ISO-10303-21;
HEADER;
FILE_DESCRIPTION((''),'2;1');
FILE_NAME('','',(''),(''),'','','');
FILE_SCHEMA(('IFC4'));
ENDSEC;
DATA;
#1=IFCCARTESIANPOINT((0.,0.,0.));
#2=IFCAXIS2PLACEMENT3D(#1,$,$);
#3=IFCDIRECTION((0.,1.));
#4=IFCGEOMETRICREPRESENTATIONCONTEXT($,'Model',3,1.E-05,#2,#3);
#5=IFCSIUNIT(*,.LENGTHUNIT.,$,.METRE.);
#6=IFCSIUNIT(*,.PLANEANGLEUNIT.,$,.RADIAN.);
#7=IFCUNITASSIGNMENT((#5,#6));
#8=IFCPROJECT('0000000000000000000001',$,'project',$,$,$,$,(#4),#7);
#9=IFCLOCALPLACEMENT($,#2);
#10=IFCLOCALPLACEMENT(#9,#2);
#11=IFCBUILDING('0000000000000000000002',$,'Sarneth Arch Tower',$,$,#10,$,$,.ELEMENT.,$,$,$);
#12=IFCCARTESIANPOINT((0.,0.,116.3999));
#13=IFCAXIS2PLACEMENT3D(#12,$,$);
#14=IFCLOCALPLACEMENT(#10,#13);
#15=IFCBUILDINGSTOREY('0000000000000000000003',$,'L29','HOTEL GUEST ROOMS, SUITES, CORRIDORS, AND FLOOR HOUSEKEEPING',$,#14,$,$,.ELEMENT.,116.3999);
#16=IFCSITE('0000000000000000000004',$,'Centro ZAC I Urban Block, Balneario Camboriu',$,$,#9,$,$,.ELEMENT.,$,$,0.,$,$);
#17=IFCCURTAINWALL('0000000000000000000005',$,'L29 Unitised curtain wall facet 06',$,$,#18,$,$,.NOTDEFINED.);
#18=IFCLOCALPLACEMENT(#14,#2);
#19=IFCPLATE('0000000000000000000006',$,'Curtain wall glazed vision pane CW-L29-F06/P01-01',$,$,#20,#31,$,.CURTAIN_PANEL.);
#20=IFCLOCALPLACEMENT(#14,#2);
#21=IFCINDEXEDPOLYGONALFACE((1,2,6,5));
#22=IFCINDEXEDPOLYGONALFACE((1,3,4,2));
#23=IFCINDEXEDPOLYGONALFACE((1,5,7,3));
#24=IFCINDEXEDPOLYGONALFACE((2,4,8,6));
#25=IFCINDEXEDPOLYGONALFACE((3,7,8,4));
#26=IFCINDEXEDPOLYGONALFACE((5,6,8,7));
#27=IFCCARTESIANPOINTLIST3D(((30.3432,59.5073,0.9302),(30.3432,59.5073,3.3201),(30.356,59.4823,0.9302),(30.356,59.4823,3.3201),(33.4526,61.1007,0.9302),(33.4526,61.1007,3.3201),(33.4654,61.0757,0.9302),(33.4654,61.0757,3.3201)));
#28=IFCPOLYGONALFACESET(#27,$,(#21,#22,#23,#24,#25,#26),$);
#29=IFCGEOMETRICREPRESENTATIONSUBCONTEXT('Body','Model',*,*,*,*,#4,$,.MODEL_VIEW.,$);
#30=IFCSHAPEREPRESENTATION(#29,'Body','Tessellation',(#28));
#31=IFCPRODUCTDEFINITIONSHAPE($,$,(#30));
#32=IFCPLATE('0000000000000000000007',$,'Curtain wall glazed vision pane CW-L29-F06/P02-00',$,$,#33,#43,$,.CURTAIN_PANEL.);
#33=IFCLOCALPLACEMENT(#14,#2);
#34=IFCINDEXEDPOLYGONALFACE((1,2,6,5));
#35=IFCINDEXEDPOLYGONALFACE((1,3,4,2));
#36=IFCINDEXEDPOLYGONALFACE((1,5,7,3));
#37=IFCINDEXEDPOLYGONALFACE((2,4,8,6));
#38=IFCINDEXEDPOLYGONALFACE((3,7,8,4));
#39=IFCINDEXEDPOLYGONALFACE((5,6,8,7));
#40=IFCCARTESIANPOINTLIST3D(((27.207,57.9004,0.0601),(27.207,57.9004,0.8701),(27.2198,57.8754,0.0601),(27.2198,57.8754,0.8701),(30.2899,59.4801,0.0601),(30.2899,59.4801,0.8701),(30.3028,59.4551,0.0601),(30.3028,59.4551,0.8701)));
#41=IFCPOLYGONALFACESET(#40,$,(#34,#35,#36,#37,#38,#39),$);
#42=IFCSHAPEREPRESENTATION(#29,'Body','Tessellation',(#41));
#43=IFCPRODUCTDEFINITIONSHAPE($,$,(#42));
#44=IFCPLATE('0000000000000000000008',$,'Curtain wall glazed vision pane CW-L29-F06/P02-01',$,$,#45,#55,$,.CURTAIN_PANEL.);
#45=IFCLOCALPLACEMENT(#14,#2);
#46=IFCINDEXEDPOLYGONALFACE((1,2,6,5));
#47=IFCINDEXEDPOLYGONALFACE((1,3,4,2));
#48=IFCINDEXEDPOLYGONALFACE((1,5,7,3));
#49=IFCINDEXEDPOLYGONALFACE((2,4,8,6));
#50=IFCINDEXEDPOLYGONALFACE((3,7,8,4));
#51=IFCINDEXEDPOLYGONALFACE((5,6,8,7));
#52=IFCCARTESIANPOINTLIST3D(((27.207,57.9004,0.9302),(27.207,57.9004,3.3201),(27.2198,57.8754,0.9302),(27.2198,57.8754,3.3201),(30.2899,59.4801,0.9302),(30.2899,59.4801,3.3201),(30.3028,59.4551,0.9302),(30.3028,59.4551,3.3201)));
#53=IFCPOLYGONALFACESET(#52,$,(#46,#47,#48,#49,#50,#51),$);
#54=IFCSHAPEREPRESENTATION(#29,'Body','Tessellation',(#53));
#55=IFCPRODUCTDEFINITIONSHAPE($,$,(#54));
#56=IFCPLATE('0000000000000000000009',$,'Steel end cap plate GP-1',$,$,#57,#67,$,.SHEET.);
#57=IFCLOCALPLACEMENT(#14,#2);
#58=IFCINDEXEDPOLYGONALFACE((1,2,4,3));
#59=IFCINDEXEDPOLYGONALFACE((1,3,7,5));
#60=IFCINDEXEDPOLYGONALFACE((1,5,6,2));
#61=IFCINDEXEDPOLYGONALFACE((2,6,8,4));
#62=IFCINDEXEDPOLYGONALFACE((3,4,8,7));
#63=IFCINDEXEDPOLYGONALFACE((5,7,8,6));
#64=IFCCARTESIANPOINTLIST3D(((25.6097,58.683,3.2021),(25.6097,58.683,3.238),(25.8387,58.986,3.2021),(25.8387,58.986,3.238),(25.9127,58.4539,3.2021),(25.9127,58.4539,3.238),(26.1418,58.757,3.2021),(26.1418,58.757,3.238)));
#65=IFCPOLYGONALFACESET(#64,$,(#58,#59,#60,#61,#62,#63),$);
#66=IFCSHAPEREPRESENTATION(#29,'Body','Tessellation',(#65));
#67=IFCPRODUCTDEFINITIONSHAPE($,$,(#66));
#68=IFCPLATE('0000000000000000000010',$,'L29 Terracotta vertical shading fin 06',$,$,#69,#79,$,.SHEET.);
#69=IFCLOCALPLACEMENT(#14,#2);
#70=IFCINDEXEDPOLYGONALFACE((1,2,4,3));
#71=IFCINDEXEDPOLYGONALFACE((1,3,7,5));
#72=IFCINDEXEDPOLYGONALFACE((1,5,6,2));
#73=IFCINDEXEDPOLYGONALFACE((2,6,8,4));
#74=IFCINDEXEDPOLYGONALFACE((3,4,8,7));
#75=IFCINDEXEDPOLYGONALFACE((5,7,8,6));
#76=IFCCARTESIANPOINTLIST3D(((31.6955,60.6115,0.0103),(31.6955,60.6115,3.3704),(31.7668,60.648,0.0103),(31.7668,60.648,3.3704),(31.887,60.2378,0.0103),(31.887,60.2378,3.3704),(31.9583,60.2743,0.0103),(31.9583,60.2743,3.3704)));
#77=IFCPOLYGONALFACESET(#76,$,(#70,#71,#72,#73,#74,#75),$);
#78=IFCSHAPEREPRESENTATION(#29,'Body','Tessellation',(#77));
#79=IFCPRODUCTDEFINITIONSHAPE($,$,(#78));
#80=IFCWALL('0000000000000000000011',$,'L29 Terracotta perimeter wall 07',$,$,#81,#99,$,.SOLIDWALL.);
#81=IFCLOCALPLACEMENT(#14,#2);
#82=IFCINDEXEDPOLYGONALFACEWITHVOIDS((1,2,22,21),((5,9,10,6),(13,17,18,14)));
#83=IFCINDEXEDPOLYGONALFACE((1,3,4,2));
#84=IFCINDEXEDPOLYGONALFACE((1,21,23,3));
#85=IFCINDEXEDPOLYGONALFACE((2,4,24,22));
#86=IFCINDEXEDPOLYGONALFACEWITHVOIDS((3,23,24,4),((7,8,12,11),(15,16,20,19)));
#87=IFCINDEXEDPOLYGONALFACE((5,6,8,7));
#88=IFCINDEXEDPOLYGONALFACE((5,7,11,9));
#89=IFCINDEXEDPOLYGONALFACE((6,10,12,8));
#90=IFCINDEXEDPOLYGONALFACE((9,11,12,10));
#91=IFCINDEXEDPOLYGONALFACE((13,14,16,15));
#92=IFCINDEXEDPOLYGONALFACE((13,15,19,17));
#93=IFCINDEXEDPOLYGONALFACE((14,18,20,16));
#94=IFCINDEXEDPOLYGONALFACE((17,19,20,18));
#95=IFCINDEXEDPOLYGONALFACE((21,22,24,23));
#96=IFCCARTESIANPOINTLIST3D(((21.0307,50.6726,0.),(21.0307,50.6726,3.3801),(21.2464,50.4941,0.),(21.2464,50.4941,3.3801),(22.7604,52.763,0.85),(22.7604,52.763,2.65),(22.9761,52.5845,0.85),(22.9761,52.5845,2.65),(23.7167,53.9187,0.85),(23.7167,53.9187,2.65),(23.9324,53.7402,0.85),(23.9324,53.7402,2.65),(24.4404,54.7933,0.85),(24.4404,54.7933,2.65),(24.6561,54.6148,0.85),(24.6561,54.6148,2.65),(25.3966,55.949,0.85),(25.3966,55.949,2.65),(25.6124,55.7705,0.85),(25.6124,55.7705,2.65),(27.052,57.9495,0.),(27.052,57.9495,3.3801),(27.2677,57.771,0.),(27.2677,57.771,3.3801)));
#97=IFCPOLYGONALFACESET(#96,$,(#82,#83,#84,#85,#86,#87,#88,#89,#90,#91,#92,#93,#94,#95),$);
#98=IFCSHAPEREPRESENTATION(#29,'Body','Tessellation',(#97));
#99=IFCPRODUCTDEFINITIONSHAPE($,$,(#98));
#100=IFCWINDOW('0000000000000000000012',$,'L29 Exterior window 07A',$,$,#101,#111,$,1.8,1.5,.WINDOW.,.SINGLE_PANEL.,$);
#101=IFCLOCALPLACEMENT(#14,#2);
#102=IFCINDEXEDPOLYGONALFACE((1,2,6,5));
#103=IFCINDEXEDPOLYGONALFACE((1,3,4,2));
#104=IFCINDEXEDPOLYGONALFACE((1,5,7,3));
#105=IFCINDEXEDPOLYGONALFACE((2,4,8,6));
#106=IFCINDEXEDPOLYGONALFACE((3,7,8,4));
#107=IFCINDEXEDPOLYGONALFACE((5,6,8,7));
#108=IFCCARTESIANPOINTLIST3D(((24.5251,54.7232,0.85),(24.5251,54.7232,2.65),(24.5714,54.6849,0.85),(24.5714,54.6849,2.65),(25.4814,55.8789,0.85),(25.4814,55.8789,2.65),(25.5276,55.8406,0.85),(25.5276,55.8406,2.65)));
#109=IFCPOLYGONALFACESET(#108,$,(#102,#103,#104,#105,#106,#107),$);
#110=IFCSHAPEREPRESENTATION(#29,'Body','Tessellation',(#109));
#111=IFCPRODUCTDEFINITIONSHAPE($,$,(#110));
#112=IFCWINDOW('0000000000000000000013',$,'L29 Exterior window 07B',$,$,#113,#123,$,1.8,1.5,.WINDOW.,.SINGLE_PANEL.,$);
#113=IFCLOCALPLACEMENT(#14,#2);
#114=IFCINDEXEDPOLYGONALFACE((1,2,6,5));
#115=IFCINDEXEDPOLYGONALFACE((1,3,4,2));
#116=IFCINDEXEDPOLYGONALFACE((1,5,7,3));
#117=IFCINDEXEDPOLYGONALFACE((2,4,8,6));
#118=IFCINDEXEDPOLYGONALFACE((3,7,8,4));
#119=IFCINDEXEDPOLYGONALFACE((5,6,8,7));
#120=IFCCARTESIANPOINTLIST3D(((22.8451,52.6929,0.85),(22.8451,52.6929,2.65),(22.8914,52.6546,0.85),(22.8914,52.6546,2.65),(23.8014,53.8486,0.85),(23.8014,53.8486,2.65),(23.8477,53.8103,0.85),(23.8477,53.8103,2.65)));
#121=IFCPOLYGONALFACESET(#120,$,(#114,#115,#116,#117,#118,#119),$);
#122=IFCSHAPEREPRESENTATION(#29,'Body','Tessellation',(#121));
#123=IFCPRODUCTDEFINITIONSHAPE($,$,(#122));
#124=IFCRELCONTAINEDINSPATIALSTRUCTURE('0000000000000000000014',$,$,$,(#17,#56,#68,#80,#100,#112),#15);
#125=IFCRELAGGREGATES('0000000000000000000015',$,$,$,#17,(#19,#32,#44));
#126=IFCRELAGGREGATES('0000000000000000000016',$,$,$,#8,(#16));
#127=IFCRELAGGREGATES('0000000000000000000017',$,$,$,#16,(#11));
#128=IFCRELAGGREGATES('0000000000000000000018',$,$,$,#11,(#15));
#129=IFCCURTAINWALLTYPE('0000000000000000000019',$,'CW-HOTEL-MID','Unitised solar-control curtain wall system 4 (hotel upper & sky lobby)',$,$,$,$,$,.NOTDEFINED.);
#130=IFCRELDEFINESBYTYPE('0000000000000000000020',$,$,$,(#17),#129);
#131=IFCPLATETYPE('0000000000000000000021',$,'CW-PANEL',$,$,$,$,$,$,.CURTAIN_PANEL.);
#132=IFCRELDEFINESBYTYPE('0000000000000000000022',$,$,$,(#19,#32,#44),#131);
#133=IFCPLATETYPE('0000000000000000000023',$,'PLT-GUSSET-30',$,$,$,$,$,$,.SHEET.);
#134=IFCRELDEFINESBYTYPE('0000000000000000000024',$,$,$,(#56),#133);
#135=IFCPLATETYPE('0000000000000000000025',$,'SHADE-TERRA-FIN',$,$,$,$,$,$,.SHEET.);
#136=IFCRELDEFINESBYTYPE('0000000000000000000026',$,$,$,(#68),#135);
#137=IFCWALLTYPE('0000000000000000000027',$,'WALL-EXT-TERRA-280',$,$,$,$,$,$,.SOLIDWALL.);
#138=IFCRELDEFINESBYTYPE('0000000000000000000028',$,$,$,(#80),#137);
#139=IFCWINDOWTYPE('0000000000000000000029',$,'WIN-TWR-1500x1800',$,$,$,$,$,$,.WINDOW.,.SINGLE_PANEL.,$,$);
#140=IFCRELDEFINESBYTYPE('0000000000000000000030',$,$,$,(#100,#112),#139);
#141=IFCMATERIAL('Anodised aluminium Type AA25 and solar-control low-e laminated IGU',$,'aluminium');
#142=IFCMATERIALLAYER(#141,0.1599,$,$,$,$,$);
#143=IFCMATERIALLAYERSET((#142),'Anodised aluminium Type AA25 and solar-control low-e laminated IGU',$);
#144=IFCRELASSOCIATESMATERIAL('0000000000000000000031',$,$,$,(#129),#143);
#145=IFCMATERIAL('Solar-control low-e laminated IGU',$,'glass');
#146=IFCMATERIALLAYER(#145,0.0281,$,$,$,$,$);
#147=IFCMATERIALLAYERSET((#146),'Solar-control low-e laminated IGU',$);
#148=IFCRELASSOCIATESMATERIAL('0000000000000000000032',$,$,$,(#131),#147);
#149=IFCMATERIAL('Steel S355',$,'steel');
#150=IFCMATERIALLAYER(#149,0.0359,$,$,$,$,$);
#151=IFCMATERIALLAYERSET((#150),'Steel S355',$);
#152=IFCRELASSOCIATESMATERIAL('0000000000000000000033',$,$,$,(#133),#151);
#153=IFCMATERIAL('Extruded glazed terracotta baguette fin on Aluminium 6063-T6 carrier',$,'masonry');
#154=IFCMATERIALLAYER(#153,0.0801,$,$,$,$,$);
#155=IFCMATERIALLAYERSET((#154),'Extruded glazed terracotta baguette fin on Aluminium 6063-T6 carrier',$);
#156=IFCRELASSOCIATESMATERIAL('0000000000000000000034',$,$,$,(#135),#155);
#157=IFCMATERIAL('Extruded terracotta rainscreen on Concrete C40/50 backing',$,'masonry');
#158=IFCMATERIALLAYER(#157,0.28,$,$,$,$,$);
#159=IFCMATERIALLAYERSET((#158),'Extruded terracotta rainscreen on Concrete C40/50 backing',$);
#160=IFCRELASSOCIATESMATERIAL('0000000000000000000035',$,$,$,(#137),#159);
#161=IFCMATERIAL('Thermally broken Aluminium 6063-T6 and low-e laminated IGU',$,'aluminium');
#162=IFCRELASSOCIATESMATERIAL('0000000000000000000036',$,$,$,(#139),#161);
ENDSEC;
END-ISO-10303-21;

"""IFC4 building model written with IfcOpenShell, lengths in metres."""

from ifc_helpers import new_model, si_unit, direction, frame, frame_2d, origin, origin_2d, place, context, subcontext, project, spatial, rectangle, extrude, material, layer, layer_set, type_object, element, fill, aggregate, save


model = new_model("IFC4")

# Units and contexts
model_context = context("Model", 3, precision=1e-05, world=origin(), true_north=direction((0.0, 1.0)))
body_context = subcontext(model_context, "Body", "Model", "MODEL_VIEW")
ifc_project = project(units=[si_unit("LENGTHUNIT", "METRE"), si_unit("PLANEANGLEUNIT", "RADIAN")], contexts=[model_context])

# Site, building, storey
site_placement = place(None, origin())
site = spatial("IfcSite", under=ifc_project, at=site_placement, Name="Centro ZAC I Urban Block, Balneario Camboriu", CompositionType="ELEMENT", RefElevation=0.0)
building_placement = place(site_placement, origin())
building = spatial("IfcBuilding", under=site, at=building_placement, Name="Sarneth Arch Tower", CompositionType="ELEMENT")
storey_placement = place(building_placement, frame((0.0, 0.0, 116.3999)))
storey = spatial("IfcBuildingStorey", under=building, at=storey_placement, Name="L29", Description="HOTEL GUEST ROOMS, SUITES, CORRIDORS, AND FLOOR HOUSEKEEPING", CompositionType="ELEMENT", Elevation=116.3999)

# Curtain wall
ifc_material_1 = material(Name="Anodised aluminium Type AA25 and solar-control low-e laminated IGU", Category="aluminium")
ifc_layer_1 = layer(ifc_material_1, 0.1599)
ifc_layer_set_1 = layer_set([ifc_layer_1], Name="Anodised aluminium Type AA25 and solar-control low-e laminated IGU")
curtain_wall_type = type_object("IfcCurtainWallType", Name="CW-HOTEL-MID", Description="Unitised solar-control curtain wall system 4 (hotel upper & sky lobby)", PredefinedType="NOTDEFINED", material=ifc_layer_set_1)
curtain_wall_placement = place(storey_placement, origin())
curtain_wall = element("IfcCurtainWall", 1, at=curtain_wall_placement, inside=storey, type_object=curtain_wall_type, Name="L29 Unitised curtain wall facet 06", PredefinedType="NOTDEFINED")

# Plates
ifc_material_2 = material(Name="Solar-control low-e laminated IGU", Category="glass")
ifc_layer_2 = layer(ifc_material_2, 0.0281)
ifc_layer_set_2 = layer_set([ifc_layer_2], Name="Solar-control low-e laminated IGU")
plate_type_1 = type_object("IfcPlateType", Name="CW-PANEL", PredefinedType="CURTAIN_PANEL", material=ifc_layer_set_2)
plate_1_placement = place(storey_placement, frame((31.9043, 60.2915, 0.9302), z_axis=(0.0, 0.0, 1.0), x_axis=(-0.889964, -0.456031, 0.0)))
plate_1 = element("IfcPlate", 2, at=plate_1_placement, type_object=plate_type_1, Name="Curtain wall glazed vision pane CW-L29-F06/P01-01", PredefinedType="CURTAIN_PANEL", context=body_context, shape_type="SweptSolid", body=[
    extrude(rectangle(XDim=3.4939, YDim=0.0281, at=origin_2d()), origin(), (0.0, 0.0, 1.0), 2.3899),
])
plate_2_placement = place(storey_placement, frame((28.7549, 58.6777, 0.0601), z_axis=(0.0, 0.0, 1.0), x_axis=(-0.889964, -0.456031, 0.0)))
plate_2 = element("IfcPlate", 3, at=plate_2_placement, type_object=plate_type_1, Name="Curtain wall glazed vision pane CW-L29-F06/P02-00", PredefinedType="CURTAIN_PANEL", context=body_context, shape_type="SweptSolid", body=[
    extrude(rectangle(XDim=3.4641, YDim=0.0281, at=origin_2d()), origin(), (0.0, 0.0, 1.0), 0.8101),
])
plate_3_placement = place(storey_placement, frame((28.7549, 58.6777, 0.9302), z_axis=(0.0, 0.0, 1.0), x_axis=(-0.889964, -0.456031, 0.0)))
plate_3 = element("IfcPlate", 4, at=plate_3_placement, type_object=plate_type_1, Name="Curtain wall glazed vision pane CW-L29-F06/P02-01", PredefinedType="CURTAIN_PANEL", context=body_context, shape_type="SweptSolid", body=[
    extrude(rectangle(XDim=3.4641, YDim=0.0281, at=origin_2d()), origin(), (0.0, 0.0, 1.0), 2.3899),
])
aggregate(curtain_wall, [plate_1, plate_2, plate_3])

# Plates
ifc_material_3 = material(Name="Steel S355", Category="steel")
ifc_layer_3 = layer(ifc_material_3, 0.0359)
ifc_layer_set_3 = layer_set([ifc_layer_3], Name="Steel S355")
plate_type_2 = type_object("IfcPlateType", Name="PLT-GUSSET-30", PredefinedType="SHEET", material=ifc_layer_set_3)
plate_4_placement = place(storey_placement, frame((25.8757, 58.72, 3.2021), z_axis=(0.0, 0.0, 1.0), x_axis=(-0.797794, 0.60293, 0.0)))
element("IfcPlate", 5, at=plate_4_placement, inside=storey, type_object=plate_type_2, Name="Steel end cap plate GP-1", PredefinedType="SHEET", context=body_context, shape_type="SweptSolid", body=[
    extrude(rectangle(XDim=0.3799, YDim=0.3799, at=origin_2d()), origin(), (0.0, 0.0, 1.0), 0.0359),
])
ifc_material_4 = material(Name="Extruded glazed terracotta baguette fin on Aluminium 6063-T6 carrier", Category="masonry")
ifc_layer_4 = layer(ifc_material_4, 0.0801)
ifc_layer_set_4 = layer_set([ifc_layer_4], Name="Extruded glazed terracotta baguette fin on Aluminium 6063-T6 carrier")
plate_type_3 = type_object("IfcPlateType", Name="SHADE-TERRA-FIN", PredefinedType="SHEET", material=ifc_layer_set_4)
plate_5_placement = place(storey_placement, frame((31.8269, 60.4429, 0.0103), z_axis=(0.0, 0.0, 1.0), x_axis=(-0.456011, 0.889974, 0.0)))
element("IfcPlate", 6, at=plate_5_placement, inside=storey, type_object=plate_type_3, Name="L29 Terracotta vertical shading fin 06", PredefinedType="SHEET", context=body_context, shape_type="SweptSolid", body=[
    extrude(rectangle(XDim=0.4199, YDim=0.0801, at=origin_2d()), origin(), (0.0, 0.0, 1.0), 3.3601),
])

# Wall, openings, windows
ifc_material_5 = material(Name="Extruded terracotta rainscreen on Concrete C40/50 backing", Category="masonry")
ifc_layer_5 = layer(ifc_material_5, 0.28)
ifc_layer_set_5 = layer_set([ifc_layer_5], Name="Extruded terracotta rainscreen on Concrete C40/50 backing")
wall_type = type_object("IfcWallType", Name="WALL-EXT-TERRA-280", PredefinedType="SOLIDWALL", material=ifc_layer_set_5)
wall_placement = place(storey_placement, frame((27.1599, 57.8604, 0.0), z_axis=(0.0, 0.0, 1.0), x_axis=(-0.637506, -0.770446, 0.0)))
wall = element("IfcWall", 7, at=wall_placement, inside=storey, type_object=wall_type, Name="L29 Terracotta perimeter wall 07", PredefinedType="SOLIDWALL", context=body_context, shape_type="SweptSolid", body=[
    extrude(rectangle(XDim=9.4451, YDim=0.28, at=frame_2d((4.7227, 0.0))), origin(), (0.0, 0.0, 1.0), 3.3801),
])
opening_1_placement = place(wall_placement, frame((2.5967, 0.0, 0.8501)))
opening_1 = element("IfcOpeningElement", 8, at=opening_1_placement, cuts=wall, PredefinedType="OPENING", context=body_context, shape_type="SweptSolid", body=[
    extrude(rectangle(XDim=1.5, YDim=1.8, at=frame_2d((0.75, 0.8999))), frame((0.0, 0.1499, 0.0), z_axis=(0.0, -1.0, 0.0), x_axis=(1.0, 0.0, 0.0)), (0.0, 0.0, 1.0), 0.3),
])
opening_2_placement = place(wall_placement, frame((5.2319, 0.0, 0.8501)))
opening_2 = element("IfcOpeningElement", 9, at=opening_2_placement, cuts=wall, PredefinedType="OPENING", context=body_context, shape_type="SweptSolid", body=[
    extrude(rectangle(XDim=1.5, YDim=1.8, at=frame_2d((0.75, 0.8999))), frame((0.0, 0.1499, 0.0), z_axis=(0.0, -1.0, 0.0), x_axis=(1.0, 0.0, 0.0)), (0.0, 0.0, 1.0), 0.3),
])
ifc_material_6 = material(Name="Thermally broken Aluminium 6063-T6 and low-e laminated IGU", Category="aluminium")
window_type = type_object("IfcWindowType", Name="WIN-TWR-1500x1800", PartitioningType="SINGLE_PANEL", PredefinedType="WINDOW", material=ifc_material_6)
window_1_placement = place(opening_1_placement, origin())
window_1 = element("IfcWindow", 10, at=window_1_placement, inside=storey, type_object=window_type, Name="L29 Exterior window 07A", OverallHeight=1.8, OverallWidth=1.5, PartitioningType="SINGLE_PANEL", PredefinedType="WINDOW", context=body_context, shape_type="SweptSolid", body=[
    extrude(rectangle(XDim=1.5, YDim=1.8, at=frame_2d((0.75, 0.8999))), frame((0.0, 0.03, 0.0), z_axis=(0.0, -1.0, 0.0), x_axis=(1.0, 0.0, 0.0)), (0.0, 0.0, 1.0), 0.0601),
])
fill(opening_1, window_1)
window_2_placement = place(opening_2_placement, origin())
window_2 = element("IfcWindow", 11, at=window_2_placement, inside=storey, type_object=window_type, Name="L29 Exterior window 07B", OverallHeight=1.8, OverallWidth=1.5, PartitioningType="SINGLE_PANEL", PredefinedType="WINDOW", context=body_context, shape_type="SweptSolid", body=[
    extrude(rectangle(XDim=1.5, YDim=1.8, at=frame_2d((0.75, 0.8999))), frame((0.0, 0.03, 0.0), z_axis=(0.0, -1.0, 0.0), x_axis=(1.0, 0.0, 0.0)), (0.0, 0.0, 1.0), 0.0601),
])
fill(opening_2, window_2)

save(model, "model.ifc")
